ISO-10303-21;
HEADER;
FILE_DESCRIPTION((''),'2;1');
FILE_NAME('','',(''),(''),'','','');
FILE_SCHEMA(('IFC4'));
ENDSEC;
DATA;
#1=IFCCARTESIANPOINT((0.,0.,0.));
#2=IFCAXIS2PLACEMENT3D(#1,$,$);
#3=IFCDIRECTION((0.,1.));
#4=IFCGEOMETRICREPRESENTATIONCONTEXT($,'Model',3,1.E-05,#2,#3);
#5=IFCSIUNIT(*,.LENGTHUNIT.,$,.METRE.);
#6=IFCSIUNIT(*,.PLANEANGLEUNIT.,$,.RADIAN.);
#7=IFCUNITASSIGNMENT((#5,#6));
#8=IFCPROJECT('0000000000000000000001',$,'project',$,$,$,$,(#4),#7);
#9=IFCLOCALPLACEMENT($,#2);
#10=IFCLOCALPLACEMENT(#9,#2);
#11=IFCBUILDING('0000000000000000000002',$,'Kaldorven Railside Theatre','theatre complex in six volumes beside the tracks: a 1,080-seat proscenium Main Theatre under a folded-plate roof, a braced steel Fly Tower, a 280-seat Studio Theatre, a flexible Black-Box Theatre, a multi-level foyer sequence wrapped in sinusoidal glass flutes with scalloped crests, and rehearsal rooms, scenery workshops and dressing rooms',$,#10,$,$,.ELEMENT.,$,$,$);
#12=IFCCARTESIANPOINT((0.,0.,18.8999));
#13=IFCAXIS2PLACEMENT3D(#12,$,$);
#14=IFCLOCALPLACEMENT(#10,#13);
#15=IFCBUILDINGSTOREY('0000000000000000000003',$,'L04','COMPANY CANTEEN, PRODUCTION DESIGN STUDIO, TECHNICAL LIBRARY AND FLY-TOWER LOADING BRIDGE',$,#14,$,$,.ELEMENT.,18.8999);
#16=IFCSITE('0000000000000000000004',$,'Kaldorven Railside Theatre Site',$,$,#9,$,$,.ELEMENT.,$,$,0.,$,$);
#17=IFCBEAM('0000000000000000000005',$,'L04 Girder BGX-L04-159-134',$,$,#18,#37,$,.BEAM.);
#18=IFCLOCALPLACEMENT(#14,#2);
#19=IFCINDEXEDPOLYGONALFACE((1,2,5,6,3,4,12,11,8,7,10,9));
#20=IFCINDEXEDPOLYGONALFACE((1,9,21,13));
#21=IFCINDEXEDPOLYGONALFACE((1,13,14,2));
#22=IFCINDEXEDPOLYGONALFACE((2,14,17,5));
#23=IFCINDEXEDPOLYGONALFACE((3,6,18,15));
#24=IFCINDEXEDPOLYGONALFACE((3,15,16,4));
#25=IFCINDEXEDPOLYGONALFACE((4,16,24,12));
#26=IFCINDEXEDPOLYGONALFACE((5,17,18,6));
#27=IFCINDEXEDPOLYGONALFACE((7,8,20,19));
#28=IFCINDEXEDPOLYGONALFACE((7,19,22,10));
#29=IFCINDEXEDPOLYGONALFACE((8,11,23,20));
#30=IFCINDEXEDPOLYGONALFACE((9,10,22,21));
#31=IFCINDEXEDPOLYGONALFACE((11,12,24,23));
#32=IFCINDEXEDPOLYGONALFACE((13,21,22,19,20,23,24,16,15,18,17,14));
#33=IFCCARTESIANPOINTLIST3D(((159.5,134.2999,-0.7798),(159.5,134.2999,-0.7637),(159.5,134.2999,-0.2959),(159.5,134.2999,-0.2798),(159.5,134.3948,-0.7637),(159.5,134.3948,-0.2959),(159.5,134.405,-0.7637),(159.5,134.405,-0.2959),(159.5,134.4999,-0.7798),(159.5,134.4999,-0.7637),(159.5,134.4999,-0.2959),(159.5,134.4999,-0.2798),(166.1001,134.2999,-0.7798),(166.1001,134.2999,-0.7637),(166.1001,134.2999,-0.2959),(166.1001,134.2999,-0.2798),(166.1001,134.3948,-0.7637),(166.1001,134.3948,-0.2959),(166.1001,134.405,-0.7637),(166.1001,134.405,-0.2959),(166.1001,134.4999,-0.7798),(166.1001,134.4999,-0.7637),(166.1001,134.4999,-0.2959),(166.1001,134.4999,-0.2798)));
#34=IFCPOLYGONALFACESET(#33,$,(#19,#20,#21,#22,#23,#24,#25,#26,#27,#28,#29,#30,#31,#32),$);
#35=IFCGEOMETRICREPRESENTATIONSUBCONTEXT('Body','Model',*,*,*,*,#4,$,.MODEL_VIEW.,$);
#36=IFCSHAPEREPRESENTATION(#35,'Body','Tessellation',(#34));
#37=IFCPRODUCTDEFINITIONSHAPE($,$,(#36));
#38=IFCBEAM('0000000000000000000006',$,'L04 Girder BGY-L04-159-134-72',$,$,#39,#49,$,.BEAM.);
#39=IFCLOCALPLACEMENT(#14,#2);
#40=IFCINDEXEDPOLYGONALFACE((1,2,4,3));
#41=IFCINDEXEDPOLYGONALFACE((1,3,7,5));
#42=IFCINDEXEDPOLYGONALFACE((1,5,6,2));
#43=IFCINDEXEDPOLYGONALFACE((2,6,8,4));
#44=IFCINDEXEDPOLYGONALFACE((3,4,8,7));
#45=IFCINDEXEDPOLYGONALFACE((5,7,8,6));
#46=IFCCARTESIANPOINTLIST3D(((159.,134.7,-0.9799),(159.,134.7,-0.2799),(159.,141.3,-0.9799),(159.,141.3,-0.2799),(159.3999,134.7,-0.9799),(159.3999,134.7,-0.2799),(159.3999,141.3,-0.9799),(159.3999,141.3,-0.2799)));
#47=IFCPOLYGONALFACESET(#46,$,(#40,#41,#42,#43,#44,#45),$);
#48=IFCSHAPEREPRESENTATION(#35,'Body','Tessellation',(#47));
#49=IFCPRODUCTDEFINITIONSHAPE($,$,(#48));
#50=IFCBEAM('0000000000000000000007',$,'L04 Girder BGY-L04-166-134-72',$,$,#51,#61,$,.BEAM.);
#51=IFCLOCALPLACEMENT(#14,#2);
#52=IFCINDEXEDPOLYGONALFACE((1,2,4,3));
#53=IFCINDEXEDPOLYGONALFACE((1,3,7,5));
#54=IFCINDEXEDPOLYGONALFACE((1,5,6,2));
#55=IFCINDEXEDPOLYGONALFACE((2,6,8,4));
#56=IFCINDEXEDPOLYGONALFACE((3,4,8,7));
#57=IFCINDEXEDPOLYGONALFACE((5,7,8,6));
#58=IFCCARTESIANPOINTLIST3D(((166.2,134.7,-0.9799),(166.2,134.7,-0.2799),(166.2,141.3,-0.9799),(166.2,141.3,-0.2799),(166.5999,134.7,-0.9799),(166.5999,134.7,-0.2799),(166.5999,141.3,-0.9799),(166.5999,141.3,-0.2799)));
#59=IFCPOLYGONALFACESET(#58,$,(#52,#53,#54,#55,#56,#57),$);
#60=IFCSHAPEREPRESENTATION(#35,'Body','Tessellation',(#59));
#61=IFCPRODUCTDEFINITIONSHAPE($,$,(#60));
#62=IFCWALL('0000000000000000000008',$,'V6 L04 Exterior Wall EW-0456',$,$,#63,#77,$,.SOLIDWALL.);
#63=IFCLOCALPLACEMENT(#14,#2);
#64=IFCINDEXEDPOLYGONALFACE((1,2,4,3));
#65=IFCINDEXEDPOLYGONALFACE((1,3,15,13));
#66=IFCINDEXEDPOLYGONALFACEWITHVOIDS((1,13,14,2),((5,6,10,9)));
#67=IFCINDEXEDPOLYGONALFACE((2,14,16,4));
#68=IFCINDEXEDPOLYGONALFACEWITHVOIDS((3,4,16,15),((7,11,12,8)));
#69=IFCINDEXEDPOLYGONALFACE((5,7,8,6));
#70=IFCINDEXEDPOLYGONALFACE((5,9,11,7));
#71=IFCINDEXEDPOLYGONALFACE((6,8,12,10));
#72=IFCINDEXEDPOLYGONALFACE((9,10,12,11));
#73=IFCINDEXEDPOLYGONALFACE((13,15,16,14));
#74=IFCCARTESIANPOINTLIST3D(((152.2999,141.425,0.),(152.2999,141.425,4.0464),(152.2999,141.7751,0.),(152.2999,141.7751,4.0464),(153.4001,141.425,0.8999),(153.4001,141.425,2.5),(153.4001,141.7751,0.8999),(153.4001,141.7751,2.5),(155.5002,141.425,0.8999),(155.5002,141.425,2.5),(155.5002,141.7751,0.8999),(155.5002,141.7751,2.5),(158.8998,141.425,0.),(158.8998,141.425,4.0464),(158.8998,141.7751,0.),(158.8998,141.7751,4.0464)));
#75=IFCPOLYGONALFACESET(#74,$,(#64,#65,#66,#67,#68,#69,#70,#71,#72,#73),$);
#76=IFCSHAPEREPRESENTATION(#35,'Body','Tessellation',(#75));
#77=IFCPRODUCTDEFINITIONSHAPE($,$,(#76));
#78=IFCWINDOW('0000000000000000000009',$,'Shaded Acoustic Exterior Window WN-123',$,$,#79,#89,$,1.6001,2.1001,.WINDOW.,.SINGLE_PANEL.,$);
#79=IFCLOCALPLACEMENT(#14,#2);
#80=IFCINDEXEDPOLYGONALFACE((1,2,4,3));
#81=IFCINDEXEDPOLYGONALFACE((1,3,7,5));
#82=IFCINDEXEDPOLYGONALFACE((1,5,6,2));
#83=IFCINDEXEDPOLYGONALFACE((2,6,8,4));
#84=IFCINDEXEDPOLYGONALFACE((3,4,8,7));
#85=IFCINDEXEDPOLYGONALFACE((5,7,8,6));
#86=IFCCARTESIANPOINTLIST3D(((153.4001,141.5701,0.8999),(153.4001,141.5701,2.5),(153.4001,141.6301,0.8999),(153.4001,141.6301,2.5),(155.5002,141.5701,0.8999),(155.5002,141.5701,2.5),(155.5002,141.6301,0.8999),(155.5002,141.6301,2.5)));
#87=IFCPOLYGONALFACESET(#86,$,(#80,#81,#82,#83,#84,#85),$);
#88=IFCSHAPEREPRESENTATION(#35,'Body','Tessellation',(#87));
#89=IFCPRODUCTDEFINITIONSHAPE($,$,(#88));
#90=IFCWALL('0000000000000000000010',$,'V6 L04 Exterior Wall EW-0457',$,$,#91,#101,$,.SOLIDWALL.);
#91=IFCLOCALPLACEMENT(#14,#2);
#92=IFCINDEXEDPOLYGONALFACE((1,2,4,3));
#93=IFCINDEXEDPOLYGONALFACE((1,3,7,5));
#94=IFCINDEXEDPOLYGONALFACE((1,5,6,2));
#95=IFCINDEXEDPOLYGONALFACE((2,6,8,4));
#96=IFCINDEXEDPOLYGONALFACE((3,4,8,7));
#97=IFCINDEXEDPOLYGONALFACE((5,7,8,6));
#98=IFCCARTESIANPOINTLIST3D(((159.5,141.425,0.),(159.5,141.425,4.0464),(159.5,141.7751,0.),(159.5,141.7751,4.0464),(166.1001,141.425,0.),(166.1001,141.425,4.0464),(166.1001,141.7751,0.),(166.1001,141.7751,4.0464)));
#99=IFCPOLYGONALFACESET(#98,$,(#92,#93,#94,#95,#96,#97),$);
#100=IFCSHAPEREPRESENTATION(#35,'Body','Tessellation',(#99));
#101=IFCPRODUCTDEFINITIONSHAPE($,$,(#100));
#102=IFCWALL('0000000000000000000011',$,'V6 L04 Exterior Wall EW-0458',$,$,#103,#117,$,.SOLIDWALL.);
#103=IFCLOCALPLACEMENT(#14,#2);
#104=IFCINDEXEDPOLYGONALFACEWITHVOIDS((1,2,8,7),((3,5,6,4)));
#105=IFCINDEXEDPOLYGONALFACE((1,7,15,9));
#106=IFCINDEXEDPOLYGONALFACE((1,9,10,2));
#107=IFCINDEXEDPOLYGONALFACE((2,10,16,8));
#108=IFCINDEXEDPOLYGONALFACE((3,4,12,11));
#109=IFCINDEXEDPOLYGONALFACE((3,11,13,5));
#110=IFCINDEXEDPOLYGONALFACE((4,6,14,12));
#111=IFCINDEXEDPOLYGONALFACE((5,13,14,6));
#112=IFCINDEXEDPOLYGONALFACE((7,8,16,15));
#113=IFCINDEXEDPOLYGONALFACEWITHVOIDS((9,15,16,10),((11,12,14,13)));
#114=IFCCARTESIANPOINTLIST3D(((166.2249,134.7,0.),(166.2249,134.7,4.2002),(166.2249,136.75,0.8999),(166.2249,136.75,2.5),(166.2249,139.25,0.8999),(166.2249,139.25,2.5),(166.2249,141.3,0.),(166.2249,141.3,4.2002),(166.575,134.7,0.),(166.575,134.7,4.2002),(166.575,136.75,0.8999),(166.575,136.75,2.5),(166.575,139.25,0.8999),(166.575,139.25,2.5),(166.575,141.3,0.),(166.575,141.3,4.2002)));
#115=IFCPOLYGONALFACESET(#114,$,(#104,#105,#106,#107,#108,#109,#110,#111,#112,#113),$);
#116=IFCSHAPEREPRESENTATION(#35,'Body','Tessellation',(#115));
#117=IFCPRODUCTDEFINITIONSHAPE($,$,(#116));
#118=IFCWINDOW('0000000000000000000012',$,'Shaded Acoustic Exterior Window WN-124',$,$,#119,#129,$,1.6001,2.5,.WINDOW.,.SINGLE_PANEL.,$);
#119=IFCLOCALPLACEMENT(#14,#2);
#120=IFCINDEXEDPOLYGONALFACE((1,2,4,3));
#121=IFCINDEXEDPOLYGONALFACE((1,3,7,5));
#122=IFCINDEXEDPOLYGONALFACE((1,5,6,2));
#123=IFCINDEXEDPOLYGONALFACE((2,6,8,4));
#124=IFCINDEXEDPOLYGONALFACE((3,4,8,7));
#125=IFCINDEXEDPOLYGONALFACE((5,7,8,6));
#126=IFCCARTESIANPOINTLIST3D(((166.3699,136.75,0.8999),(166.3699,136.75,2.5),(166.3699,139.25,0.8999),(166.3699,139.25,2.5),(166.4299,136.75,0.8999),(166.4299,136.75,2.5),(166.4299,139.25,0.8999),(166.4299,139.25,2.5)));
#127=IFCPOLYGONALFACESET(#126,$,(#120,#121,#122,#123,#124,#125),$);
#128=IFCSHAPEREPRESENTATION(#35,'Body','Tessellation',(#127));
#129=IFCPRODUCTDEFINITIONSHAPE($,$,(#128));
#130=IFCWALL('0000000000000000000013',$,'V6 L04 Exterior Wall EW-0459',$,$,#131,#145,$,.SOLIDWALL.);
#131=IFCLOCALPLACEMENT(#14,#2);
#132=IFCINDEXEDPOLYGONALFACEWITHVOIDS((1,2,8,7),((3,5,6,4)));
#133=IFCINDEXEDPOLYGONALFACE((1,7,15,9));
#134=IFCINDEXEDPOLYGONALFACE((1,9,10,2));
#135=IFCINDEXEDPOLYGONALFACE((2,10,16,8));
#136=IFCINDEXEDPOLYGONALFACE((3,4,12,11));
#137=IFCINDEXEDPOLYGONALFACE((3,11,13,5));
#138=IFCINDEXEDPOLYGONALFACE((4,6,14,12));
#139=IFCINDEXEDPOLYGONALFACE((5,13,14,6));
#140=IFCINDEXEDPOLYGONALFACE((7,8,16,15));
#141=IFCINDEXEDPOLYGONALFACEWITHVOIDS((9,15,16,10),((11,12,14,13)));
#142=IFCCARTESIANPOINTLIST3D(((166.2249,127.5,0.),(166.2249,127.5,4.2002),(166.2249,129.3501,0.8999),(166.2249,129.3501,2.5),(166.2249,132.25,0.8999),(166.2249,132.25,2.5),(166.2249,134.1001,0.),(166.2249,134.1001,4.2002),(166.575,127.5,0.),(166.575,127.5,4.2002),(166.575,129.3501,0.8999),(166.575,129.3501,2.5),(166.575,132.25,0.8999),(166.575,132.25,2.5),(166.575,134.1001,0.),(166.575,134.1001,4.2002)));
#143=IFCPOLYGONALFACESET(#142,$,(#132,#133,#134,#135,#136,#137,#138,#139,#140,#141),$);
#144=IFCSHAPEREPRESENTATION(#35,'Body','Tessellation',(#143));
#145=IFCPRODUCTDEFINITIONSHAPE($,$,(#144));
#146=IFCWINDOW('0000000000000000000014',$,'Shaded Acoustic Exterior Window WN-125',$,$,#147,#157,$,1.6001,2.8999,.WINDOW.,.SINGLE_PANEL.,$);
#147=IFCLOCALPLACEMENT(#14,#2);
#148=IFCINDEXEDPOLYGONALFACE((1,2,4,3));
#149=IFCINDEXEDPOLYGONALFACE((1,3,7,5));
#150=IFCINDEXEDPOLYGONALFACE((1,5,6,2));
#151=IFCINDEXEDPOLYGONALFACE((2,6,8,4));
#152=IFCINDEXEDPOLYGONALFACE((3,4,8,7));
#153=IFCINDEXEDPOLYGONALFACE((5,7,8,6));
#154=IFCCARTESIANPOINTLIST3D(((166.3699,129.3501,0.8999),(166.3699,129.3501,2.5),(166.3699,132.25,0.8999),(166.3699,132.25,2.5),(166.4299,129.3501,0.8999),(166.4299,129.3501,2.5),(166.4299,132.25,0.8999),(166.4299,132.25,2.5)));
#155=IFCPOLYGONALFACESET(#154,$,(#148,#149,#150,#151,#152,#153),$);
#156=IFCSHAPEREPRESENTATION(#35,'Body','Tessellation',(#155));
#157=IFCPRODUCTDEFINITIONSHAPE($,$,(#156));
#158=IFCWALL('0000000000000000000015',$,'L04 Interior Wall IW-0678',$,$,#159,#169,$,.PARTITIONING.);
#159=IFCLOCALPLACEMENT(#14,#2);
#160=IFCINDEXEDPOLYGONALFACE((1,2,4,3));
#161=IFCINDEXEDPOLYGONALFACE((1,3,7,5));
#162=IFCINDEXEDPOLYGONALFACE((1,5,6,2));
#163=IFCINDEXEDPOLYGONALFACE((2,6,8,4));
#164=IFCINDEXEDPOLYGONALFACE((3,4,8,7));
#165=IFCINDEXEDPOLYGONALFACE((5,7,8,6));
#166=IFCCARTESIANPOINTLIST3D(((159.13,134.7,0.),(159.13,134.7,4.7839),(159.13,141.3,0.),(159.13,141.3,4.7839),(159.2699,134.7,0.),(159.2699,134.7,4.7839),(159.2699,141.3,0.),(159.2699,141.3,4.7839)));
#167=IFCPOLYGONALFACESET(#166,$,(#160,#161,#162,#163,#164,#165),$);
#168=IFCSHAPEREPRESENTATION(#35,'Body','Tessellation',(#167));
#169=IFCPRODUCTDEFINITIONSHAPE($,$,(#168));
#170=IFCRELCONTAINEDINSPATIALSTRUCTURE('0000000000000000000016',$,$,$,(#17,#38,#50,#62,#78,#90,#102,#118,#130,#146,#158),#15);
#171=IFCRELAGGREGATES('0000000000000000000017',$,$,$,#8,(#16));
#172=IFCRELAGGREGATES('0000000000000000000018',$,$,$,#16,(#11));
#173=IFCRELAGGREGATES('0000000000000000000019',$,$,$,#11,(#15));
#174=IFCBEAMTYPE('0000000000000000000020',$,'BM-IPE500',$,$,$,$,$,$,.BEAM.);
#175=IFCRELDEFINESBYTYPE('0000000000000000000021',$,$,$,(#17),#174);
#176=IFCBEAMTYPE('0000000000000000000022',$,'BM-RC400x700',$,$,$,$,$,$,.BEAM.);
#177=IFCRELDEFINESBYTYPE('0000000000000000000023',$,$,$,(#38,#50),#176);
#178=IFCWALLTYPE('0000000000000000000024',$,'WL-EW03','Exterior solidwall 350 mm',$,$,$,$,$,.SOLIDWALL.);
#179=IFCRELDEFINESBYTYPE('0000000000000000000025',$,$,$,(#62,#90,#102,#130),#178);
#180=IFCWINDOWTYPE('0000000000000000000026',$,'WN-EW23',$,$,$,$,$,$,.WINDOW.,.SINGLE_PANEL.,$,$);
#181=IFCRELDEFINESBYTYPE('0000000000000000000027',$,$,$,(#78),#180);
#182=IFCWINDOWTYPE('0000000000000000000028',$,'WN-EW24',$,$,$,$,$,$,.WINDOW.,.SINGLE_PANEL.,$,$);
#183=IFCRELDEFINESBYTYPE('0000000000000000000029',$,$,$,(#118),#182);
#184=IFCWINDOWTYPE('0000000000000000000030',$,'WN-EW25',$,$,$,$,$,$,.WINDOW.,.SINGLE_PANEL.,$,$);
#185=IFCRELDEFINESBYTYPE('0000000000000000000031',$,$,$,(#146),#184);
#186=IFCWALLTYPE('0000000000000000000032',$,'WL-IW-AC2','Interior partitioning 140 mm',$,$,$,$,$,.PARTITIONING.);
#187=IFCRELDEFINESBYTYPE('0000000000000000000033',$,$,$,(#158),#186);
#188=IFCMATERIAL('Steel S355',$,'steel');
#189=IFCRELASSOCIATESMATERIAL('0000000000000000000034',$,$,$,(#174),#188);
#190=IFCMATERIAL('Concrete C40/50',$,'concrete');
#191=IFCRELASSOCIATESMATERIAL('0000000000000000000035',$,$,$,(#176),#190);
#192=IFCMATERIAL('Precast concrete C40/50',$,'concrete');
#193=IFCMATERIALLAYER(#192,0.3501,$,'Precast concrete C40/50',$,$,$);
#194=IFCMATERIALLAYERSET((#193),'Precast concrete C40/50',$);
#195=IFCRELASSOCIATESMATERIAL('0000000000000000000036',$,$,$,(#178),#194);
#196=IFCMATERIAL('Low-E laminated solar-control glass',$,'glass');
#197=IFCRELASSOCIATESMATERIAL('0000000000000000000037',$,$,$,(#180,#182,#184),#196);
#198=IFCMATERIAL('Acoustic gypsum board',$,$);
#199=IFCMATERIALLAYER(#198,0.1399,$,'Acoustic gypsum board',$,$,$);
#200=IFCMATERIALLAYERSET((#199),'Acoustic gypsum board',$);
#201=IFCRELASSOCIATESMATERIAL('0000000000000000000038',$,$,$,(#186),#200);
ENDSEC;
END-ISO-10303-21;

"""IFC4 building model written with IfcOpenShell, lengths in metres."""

from ifc_helpers import new_model, si_unit, direction, frame, frame_2d, origin, origin_2d, place, context, subcontext, project, spatial, rectangle, i_section, extrude, material, layer, layer_set, material_profile, profile_set, type_object, element, fill, save


model = new_model("IFC4")

# Units and contexts
model_context = context("Model", 3, precision=1e-05, world=origin(), true_north=direction((0.0, 1.0)))
body_context = subcontext(model_context, "Body", "Model", "MODEL_VIEW")
ifc_project = project(units=[si_unit("LENGTHUNIT", "METRE"), si_unit("PLANEANGLEUNIT", "RADIAN")], contexts=[model_context])

# Site, building, storey
site_placement = place(None, origin())
site = spatial("IfcSite", under=ifc_project, at=site_placement, Name="Kaldorven Railside Theatre Site", CompositionType="ELEMENT", RefElevation=0.0)
building_placement = place(site_placement, origin())
building = spatial("IfcBuilding", under=site, at=building_placement, Name="Kaldorven Railside Theatre", Description="theatre complex in six volumes beside the tracks: a 1,080-seat proscenium Main Theatre under a folded-plate roof, a braced steel Fly Tower, a 280-seat Studio Theatre, a flexible Black-Box Theatre, a multi-level foyer sequence wrapped in sinusoidal glass flutes with scalloped crests, and rehearsal rooms, scenery workshops and dressing rooms", CompositionType="ELEMENT")
storey_placement = place(building_placement, frame((0.0, 0.0, 18.8999)))
storey = spatial("IfcBuildingStorey", under=building, at=storey_placement, Name="L04", Description="COMPANY CANTEEN, PRODUCTION DESIGN STUDIO, TECHNICAL LIBRARY AND FLY-TOWER LOADING BRIDGE", CompositionType="ELEMENT", Elevation=18.8999)

# Shared definitions
ifc_material_1 = material(Name="Concrete C40/50", Category="concrete")

# Beams
ifc_material_2 = material(Name="Steel S355", Category="steel")
ifc_material_profile_1 = material_profile(ifc_material_2, i_section(OverallWidth=0.2, OverallDepth=0.5, WebThickness=0.0103, FlangeThickness=0.0161, at=origin_2d()), Name="IPE 500")
ifc_profile_set_1 = profile_set([ifc_material_profile_1], Name="Steel S355")
beam_type_1 = type_object("IfcBeamType", Name="BM-IPE500", PredefinedType="BEAM", material=ifc_profile_set_1)
beam_1_placement = place(storey_placement, frame((159.5, 134.3999, -0.5298), z_axis=(1.0, 0.0, 0.0), x_axis=(0.0, 1.0, 0.0)))
element("IfcBeam", 1, at=beam_1_placement, inside=storey, type_object=beam_type_1, Name="L04 Girder BGX-L04-159-134", PredefinedType="BEAM", context=body_context, shape_type="SweptSolid", body=[
    extrude(i_section(OverallWidth=0.2, OverallDepth=0.5, WebThickness=0.0103, FlangeThickness=0.0161, at=origin_2d()), origin(), (0.0, 0.0, 1.0), 6.6001),
])
ifc_material_profile_2 = material_profile(ifc_material_1, rectangle(XDim=0.3999, YDim=0.7, at=origin_2d()), Name="RC 400x700")
ifc_profile_set_2 = profile_set([ifc_material_profile_2], Name="Concrete C40/50")
beam_type_2 = type_object("IfcBeamType", Name="BM-RC400x700", PredefinedType="BEAM", material=ifc_profile_set_2)
for number, where, z_axis, x_axis, name in (
    (2, (159.2, 134.7, -0.6299), (0.0, 1.0, 0.0), (-1.0, 0.0, 0.0), "L04 Girder BGY-L04-159-134-72"),
    (3, (166.3999, 134.7, -0.6299), (0.0, 1.0, 0.0), (-1.0, 0.0, 0.0), "L04 Girder BGY-L04-166-134-72"),
):
    element("IfcBeam", number, at=place(storey_placement, frame(where, z_axis=z_axis, x_axis=x_axis)), inside=storey, type_object=beam_type_2, Name=name, PredefinedType="BEAM", context=body_context, shape_type="SweptSolid", body=[
        extrude(rectangle(XDim=0.3999, YDim=0.7, at=origin_2d()), origin(), (0.0, 0.0, 1.0), 6.6001),
    ])

# Wall, opening, window
ifc_material_3 = material(Name="Precast concrete C40/50", Category="concrete")
ifc_layer_1 = layer(ifc_material_3, 0.3501, Name="Precast concrete C40/50")
ifc_layer_set_1 = layer_set([ifc_layer_1], Name="Precast concrete C40/50")
wall_type_1 = type_object("IfcWallType", Name="WL-EW03", Description="Exterior solidwall 350 mm", PredefinedType="SOLIDWALL", material=ifc_layer_set_1)
wall_1_placement = place(storey_placement, frame((152.3, 141.6001, 0.0), z_axis=(0.0, 0.0, 1.0), x_axis=(1.0, 0.0, 0.0)))
wall_1 = element("IfcWall", 4, at=wall_1_placement, inside=storey, type_object=wall_type_1, Name="V6 L04 Exterior Wall EW-0456", PredefinedType="SOLIDWALL", context=body_context, shape_type="SweptSolid", body=[
    extrude(rectangle(XDim=6.5999, YDim=0.3501, at=frame_2d((3.2998, 0.0))), origin(), (0.0, 0.0, 1.0), 4.0464),
])
opening_1_placement = place(wall_1_placement, frame((1.1001, 0.0, 0.8999)))
opening_1 = element("IfcOpeningElement", 5, at=opening_1_placement, cuts=wall_1, PredefinedType="OPENING", context=body_context, shape_type="SweptSolid", body=[
    extrude(rectangle(XDim=2.1001, YDim=1.6001, at=frame_2d((1.05, 0.8))), frame((0.0, 0.1851, 0.0), z_axis=(0.0, -1.0, 0.0), x_axis=(1.0, 0.0, 0.0)), (0.0, 0.0, 1.0), 0.3701),
])
ifc_material_4 = material(Name="Low-E laminated solar-control glass", Category="glass")
window_type_1 = type_object("IfcWindowType", Name="WN-EW23", PartitioningType="SINGLE_PANEL", PredefinedType="WINDOW", material=ifc_material_4)
window_1_placement = place(opening_1_placement, origin())
window_1 = element("IfcWindow", 6, at=window_1_placement, inside=storey, type_object=window_type_1, Name="Shaded Acoustic Exterior Window WN-123", OverallHeight=1.6001, OverallWidth=2.1001, PartitioningType="SINGLE_PANEL", PredefinedType="WINDOW", context=body_context, shape_type="SweptSolid", body=[
    extrude(rectangle(XDim=2.1001, YDim=1.6001, at=frame_2d((1.05, 0.8))), frame((0.0, 0.03, 0.0), z_axis=(0.0, -1.0, 0.0), x_axis=(1.0, 0.0, 0.0)), (0.0, 0.0, 1.0), 0.0601),
])
fill(opening_1, window_1)

# Wall
wall_2_placement = place(storey_placement, frame((159.5, 141.6001, 0.0), z_axis=(0.0, 0.0, 1.0), x_axis=(1.0, 0.0, 0.0)))
element("IfcWall", 7, at=wall_2_placement, inside=storey, type_object=wall_type_1, Name="V6 L04 Exterior Wall EW-0457", PredefinedType="SOLIDWALL", context=body_context, shape_type="SweptSolid", body=[
    extrude(rectangle(XDim=6.6001, YDim=0.3501, at=frame_2d((3.3, 0.0))), origin(), (0.0, 0.0, 1.0), 4.0464),
])

# Walls, openings, windows
wall_3_placement = place(storey_placement, frame((166.3999, 141.3, 0.0), z_axis=(0.0, 0.0, 1.0), x_axis=(0.0, -1.0, 0.0)))
wall_3 = element("IfcWall", 8, at=wall_3_placement, inside=storey, type_object=wall_type_1, Name="V6 L04 Exterior Wall EW-0458", PredefinedType="SOLIDWALL", context=body_context, shape_type="SweptSolid", body=[
    extrude(rectangle(XDim=6.6001, YDim=0.3501, at=frame_2d((3.3, 0.0))), origin(), (0.0, 0.0, 1.0), 4.2002),
])
opening_2_placement = place(wall_3_placement, frame((2.05, 0.0, 0.8999)))
opening_2 = element("IfcOpeningElement", 9, at=opening_2_placement, cuts=wall_3, PredefinedType="OPENING", context=body_context, shape_type="SweptSolid", body=[
    extrude(rectangle(XDim=2.5, YDim=1.6001, at=frame_2d((1.25, 0.8))), frame((0.0, 0.1851, 0.0), z_axis=(0.0, -1.0, 0.0), x_axis=(1.0, 0.0, 0.0)), (0.0, 0.0, 1.0), 0.3701),
])
window_type_2 = type_object("IfcWindowType", Name="WN-EW24", PartitioningType="SINGLE_PANEL", PredefinedType="WINDOW", material=ifc_material_4)
window_2_placement = place(opening_2_placement, origin())
window_2 = element("IfcWindow", 10, at=window_2_placement, inside=storey, type_object=window_type_2, Name="Shaded Acoustic Exterior Window WN-124", OverallHeight=1.6001, OverallWidth=2.5, PartitioningType="SINGLE_PANEL", PredefinedType="WINDOW", context=body_context, shape_type="SweptSolid", body=[
    extrude(rectangle(XDim=2.5, YDim=1.6001, at=frame_2d((1.25, 0.8))), frame((0.0, 0.03, 0.0), z_axis=(0.0, -1.0, 0.0), x_axis=(1.0, 0.0, 0.0)), (0.0, 0.0, 1.0), 0.0601),
])
fill(opening_2, window_2)
wall_4_placement = place(storey_placement, frame((166.3999, 134.1001, 0.0), z_axis=(0.0, 0.0, 1.0), x_axis=(0.0, -1.0, 0.0)))
wall_4 = element("IfcWall", 11, at=wall_4_placement, inside=storey, type_object=wall_type_1, Name="V6 L04 Exterior Wall EW-0459", PredefinedType="SOLIDWALL", context=body_context, shape_type="SweptSolid", body=[
    extrude(rectangle(XDim=6.6001, YDim=0.3501, at=frame_2d((3.3, 0.0))), origin(), (0.0, 0.0, 1.0), 4.2002),
])
opening_3_placement = place(wall_4_placement, frame((1.8501, 0.0, 0.8999)))
opening_3 = element("IfcOpeningElement", 12, at=opening_3_placement, cuts=wall_4, PredefinedType="OPENING", context=body_context, shape_type="SweptSolid", body=[
    extrude(rectangle(XDim=2.8999, YDim=1.6001, at=frame_2d((1.45, 0.8))), frame((0.0, 0.1851, 0.0), z_axis=(0.0, -1.0, 0.0), x_axis=(1.0, 0.0, 0.0)), (0.0, 0.0, 1.0), 0.3701),
])
window_type_3 = type_object("IfcWindowType", Name="WN-EW25", PartitioningType="SINGLE_PANEL", PredefinedType="WINDOW", material=ifc_material_4)
window_3_placement = place(opening_3_placement, origin())
window_3 = element("IfcWindow", 13, at=window_3_placement, inside=storey, type_object=window_type_3, Name="Shaded Acoustic Exterior Window WN-125", OverallHeight=1.6001, OverallWidth=2.8999, PartitioningType="SINGLE_PANEL", PredefinedType="WINDOW", context=body_context, shape_type="SweptSolid", body=[
    extrude(rectangle(XDim=2.8999, YDim=1.6001, at=frame_2d((1.45, 0.8))), frame((0.0, 0.03, 0.0), z_axis=(0.0, -1.0, 0.0), x_axis=(1.0, 0.0, 0.0)), (0.0, 0.0, 1.0), 0.0601),
])
fill(opening_3, window_3)

# Wall
ifc_material_5 = material(Name="Acoustic gypsum board")
ifc_layer_2 = layer(ifc_material_5, 0.1399, Name="Acoustic gypsum board")
ifc_layer_set_2 = layer_set([ifc_layer_2], Name="Acoustic gypsum board")
wall_type_2 = type_object("IfcWallType", Name="WL-IW-AC2", Description="Interior partitioning 140 mm", PredefinedType="PARTITIONING", material=ifc_layer_set_2)
wall_5_placement = place(storey_placement, frame((159.2, 134.7, 0.0), z_axis=(0.0, 0.0, 1.0), x_axis=(0.0, 1.0, 0.0)))
element("IfcWall", 14, at=wall_5_placement, inside=storey, type_object=wall_type_2, Name="L04 Interior Wall IW-0678", PredefinedType="PARTITIONING", context=body_context, shape_type="SweptSolid", body=[
    extrude(rectangle(XDim=6.6001, YDim=0.1399, at=frame_2d((3.3, 0.0))), origin(), (0.0, 0.0, 1.0), 4.7839),
])

save(model, "model.ifc")
